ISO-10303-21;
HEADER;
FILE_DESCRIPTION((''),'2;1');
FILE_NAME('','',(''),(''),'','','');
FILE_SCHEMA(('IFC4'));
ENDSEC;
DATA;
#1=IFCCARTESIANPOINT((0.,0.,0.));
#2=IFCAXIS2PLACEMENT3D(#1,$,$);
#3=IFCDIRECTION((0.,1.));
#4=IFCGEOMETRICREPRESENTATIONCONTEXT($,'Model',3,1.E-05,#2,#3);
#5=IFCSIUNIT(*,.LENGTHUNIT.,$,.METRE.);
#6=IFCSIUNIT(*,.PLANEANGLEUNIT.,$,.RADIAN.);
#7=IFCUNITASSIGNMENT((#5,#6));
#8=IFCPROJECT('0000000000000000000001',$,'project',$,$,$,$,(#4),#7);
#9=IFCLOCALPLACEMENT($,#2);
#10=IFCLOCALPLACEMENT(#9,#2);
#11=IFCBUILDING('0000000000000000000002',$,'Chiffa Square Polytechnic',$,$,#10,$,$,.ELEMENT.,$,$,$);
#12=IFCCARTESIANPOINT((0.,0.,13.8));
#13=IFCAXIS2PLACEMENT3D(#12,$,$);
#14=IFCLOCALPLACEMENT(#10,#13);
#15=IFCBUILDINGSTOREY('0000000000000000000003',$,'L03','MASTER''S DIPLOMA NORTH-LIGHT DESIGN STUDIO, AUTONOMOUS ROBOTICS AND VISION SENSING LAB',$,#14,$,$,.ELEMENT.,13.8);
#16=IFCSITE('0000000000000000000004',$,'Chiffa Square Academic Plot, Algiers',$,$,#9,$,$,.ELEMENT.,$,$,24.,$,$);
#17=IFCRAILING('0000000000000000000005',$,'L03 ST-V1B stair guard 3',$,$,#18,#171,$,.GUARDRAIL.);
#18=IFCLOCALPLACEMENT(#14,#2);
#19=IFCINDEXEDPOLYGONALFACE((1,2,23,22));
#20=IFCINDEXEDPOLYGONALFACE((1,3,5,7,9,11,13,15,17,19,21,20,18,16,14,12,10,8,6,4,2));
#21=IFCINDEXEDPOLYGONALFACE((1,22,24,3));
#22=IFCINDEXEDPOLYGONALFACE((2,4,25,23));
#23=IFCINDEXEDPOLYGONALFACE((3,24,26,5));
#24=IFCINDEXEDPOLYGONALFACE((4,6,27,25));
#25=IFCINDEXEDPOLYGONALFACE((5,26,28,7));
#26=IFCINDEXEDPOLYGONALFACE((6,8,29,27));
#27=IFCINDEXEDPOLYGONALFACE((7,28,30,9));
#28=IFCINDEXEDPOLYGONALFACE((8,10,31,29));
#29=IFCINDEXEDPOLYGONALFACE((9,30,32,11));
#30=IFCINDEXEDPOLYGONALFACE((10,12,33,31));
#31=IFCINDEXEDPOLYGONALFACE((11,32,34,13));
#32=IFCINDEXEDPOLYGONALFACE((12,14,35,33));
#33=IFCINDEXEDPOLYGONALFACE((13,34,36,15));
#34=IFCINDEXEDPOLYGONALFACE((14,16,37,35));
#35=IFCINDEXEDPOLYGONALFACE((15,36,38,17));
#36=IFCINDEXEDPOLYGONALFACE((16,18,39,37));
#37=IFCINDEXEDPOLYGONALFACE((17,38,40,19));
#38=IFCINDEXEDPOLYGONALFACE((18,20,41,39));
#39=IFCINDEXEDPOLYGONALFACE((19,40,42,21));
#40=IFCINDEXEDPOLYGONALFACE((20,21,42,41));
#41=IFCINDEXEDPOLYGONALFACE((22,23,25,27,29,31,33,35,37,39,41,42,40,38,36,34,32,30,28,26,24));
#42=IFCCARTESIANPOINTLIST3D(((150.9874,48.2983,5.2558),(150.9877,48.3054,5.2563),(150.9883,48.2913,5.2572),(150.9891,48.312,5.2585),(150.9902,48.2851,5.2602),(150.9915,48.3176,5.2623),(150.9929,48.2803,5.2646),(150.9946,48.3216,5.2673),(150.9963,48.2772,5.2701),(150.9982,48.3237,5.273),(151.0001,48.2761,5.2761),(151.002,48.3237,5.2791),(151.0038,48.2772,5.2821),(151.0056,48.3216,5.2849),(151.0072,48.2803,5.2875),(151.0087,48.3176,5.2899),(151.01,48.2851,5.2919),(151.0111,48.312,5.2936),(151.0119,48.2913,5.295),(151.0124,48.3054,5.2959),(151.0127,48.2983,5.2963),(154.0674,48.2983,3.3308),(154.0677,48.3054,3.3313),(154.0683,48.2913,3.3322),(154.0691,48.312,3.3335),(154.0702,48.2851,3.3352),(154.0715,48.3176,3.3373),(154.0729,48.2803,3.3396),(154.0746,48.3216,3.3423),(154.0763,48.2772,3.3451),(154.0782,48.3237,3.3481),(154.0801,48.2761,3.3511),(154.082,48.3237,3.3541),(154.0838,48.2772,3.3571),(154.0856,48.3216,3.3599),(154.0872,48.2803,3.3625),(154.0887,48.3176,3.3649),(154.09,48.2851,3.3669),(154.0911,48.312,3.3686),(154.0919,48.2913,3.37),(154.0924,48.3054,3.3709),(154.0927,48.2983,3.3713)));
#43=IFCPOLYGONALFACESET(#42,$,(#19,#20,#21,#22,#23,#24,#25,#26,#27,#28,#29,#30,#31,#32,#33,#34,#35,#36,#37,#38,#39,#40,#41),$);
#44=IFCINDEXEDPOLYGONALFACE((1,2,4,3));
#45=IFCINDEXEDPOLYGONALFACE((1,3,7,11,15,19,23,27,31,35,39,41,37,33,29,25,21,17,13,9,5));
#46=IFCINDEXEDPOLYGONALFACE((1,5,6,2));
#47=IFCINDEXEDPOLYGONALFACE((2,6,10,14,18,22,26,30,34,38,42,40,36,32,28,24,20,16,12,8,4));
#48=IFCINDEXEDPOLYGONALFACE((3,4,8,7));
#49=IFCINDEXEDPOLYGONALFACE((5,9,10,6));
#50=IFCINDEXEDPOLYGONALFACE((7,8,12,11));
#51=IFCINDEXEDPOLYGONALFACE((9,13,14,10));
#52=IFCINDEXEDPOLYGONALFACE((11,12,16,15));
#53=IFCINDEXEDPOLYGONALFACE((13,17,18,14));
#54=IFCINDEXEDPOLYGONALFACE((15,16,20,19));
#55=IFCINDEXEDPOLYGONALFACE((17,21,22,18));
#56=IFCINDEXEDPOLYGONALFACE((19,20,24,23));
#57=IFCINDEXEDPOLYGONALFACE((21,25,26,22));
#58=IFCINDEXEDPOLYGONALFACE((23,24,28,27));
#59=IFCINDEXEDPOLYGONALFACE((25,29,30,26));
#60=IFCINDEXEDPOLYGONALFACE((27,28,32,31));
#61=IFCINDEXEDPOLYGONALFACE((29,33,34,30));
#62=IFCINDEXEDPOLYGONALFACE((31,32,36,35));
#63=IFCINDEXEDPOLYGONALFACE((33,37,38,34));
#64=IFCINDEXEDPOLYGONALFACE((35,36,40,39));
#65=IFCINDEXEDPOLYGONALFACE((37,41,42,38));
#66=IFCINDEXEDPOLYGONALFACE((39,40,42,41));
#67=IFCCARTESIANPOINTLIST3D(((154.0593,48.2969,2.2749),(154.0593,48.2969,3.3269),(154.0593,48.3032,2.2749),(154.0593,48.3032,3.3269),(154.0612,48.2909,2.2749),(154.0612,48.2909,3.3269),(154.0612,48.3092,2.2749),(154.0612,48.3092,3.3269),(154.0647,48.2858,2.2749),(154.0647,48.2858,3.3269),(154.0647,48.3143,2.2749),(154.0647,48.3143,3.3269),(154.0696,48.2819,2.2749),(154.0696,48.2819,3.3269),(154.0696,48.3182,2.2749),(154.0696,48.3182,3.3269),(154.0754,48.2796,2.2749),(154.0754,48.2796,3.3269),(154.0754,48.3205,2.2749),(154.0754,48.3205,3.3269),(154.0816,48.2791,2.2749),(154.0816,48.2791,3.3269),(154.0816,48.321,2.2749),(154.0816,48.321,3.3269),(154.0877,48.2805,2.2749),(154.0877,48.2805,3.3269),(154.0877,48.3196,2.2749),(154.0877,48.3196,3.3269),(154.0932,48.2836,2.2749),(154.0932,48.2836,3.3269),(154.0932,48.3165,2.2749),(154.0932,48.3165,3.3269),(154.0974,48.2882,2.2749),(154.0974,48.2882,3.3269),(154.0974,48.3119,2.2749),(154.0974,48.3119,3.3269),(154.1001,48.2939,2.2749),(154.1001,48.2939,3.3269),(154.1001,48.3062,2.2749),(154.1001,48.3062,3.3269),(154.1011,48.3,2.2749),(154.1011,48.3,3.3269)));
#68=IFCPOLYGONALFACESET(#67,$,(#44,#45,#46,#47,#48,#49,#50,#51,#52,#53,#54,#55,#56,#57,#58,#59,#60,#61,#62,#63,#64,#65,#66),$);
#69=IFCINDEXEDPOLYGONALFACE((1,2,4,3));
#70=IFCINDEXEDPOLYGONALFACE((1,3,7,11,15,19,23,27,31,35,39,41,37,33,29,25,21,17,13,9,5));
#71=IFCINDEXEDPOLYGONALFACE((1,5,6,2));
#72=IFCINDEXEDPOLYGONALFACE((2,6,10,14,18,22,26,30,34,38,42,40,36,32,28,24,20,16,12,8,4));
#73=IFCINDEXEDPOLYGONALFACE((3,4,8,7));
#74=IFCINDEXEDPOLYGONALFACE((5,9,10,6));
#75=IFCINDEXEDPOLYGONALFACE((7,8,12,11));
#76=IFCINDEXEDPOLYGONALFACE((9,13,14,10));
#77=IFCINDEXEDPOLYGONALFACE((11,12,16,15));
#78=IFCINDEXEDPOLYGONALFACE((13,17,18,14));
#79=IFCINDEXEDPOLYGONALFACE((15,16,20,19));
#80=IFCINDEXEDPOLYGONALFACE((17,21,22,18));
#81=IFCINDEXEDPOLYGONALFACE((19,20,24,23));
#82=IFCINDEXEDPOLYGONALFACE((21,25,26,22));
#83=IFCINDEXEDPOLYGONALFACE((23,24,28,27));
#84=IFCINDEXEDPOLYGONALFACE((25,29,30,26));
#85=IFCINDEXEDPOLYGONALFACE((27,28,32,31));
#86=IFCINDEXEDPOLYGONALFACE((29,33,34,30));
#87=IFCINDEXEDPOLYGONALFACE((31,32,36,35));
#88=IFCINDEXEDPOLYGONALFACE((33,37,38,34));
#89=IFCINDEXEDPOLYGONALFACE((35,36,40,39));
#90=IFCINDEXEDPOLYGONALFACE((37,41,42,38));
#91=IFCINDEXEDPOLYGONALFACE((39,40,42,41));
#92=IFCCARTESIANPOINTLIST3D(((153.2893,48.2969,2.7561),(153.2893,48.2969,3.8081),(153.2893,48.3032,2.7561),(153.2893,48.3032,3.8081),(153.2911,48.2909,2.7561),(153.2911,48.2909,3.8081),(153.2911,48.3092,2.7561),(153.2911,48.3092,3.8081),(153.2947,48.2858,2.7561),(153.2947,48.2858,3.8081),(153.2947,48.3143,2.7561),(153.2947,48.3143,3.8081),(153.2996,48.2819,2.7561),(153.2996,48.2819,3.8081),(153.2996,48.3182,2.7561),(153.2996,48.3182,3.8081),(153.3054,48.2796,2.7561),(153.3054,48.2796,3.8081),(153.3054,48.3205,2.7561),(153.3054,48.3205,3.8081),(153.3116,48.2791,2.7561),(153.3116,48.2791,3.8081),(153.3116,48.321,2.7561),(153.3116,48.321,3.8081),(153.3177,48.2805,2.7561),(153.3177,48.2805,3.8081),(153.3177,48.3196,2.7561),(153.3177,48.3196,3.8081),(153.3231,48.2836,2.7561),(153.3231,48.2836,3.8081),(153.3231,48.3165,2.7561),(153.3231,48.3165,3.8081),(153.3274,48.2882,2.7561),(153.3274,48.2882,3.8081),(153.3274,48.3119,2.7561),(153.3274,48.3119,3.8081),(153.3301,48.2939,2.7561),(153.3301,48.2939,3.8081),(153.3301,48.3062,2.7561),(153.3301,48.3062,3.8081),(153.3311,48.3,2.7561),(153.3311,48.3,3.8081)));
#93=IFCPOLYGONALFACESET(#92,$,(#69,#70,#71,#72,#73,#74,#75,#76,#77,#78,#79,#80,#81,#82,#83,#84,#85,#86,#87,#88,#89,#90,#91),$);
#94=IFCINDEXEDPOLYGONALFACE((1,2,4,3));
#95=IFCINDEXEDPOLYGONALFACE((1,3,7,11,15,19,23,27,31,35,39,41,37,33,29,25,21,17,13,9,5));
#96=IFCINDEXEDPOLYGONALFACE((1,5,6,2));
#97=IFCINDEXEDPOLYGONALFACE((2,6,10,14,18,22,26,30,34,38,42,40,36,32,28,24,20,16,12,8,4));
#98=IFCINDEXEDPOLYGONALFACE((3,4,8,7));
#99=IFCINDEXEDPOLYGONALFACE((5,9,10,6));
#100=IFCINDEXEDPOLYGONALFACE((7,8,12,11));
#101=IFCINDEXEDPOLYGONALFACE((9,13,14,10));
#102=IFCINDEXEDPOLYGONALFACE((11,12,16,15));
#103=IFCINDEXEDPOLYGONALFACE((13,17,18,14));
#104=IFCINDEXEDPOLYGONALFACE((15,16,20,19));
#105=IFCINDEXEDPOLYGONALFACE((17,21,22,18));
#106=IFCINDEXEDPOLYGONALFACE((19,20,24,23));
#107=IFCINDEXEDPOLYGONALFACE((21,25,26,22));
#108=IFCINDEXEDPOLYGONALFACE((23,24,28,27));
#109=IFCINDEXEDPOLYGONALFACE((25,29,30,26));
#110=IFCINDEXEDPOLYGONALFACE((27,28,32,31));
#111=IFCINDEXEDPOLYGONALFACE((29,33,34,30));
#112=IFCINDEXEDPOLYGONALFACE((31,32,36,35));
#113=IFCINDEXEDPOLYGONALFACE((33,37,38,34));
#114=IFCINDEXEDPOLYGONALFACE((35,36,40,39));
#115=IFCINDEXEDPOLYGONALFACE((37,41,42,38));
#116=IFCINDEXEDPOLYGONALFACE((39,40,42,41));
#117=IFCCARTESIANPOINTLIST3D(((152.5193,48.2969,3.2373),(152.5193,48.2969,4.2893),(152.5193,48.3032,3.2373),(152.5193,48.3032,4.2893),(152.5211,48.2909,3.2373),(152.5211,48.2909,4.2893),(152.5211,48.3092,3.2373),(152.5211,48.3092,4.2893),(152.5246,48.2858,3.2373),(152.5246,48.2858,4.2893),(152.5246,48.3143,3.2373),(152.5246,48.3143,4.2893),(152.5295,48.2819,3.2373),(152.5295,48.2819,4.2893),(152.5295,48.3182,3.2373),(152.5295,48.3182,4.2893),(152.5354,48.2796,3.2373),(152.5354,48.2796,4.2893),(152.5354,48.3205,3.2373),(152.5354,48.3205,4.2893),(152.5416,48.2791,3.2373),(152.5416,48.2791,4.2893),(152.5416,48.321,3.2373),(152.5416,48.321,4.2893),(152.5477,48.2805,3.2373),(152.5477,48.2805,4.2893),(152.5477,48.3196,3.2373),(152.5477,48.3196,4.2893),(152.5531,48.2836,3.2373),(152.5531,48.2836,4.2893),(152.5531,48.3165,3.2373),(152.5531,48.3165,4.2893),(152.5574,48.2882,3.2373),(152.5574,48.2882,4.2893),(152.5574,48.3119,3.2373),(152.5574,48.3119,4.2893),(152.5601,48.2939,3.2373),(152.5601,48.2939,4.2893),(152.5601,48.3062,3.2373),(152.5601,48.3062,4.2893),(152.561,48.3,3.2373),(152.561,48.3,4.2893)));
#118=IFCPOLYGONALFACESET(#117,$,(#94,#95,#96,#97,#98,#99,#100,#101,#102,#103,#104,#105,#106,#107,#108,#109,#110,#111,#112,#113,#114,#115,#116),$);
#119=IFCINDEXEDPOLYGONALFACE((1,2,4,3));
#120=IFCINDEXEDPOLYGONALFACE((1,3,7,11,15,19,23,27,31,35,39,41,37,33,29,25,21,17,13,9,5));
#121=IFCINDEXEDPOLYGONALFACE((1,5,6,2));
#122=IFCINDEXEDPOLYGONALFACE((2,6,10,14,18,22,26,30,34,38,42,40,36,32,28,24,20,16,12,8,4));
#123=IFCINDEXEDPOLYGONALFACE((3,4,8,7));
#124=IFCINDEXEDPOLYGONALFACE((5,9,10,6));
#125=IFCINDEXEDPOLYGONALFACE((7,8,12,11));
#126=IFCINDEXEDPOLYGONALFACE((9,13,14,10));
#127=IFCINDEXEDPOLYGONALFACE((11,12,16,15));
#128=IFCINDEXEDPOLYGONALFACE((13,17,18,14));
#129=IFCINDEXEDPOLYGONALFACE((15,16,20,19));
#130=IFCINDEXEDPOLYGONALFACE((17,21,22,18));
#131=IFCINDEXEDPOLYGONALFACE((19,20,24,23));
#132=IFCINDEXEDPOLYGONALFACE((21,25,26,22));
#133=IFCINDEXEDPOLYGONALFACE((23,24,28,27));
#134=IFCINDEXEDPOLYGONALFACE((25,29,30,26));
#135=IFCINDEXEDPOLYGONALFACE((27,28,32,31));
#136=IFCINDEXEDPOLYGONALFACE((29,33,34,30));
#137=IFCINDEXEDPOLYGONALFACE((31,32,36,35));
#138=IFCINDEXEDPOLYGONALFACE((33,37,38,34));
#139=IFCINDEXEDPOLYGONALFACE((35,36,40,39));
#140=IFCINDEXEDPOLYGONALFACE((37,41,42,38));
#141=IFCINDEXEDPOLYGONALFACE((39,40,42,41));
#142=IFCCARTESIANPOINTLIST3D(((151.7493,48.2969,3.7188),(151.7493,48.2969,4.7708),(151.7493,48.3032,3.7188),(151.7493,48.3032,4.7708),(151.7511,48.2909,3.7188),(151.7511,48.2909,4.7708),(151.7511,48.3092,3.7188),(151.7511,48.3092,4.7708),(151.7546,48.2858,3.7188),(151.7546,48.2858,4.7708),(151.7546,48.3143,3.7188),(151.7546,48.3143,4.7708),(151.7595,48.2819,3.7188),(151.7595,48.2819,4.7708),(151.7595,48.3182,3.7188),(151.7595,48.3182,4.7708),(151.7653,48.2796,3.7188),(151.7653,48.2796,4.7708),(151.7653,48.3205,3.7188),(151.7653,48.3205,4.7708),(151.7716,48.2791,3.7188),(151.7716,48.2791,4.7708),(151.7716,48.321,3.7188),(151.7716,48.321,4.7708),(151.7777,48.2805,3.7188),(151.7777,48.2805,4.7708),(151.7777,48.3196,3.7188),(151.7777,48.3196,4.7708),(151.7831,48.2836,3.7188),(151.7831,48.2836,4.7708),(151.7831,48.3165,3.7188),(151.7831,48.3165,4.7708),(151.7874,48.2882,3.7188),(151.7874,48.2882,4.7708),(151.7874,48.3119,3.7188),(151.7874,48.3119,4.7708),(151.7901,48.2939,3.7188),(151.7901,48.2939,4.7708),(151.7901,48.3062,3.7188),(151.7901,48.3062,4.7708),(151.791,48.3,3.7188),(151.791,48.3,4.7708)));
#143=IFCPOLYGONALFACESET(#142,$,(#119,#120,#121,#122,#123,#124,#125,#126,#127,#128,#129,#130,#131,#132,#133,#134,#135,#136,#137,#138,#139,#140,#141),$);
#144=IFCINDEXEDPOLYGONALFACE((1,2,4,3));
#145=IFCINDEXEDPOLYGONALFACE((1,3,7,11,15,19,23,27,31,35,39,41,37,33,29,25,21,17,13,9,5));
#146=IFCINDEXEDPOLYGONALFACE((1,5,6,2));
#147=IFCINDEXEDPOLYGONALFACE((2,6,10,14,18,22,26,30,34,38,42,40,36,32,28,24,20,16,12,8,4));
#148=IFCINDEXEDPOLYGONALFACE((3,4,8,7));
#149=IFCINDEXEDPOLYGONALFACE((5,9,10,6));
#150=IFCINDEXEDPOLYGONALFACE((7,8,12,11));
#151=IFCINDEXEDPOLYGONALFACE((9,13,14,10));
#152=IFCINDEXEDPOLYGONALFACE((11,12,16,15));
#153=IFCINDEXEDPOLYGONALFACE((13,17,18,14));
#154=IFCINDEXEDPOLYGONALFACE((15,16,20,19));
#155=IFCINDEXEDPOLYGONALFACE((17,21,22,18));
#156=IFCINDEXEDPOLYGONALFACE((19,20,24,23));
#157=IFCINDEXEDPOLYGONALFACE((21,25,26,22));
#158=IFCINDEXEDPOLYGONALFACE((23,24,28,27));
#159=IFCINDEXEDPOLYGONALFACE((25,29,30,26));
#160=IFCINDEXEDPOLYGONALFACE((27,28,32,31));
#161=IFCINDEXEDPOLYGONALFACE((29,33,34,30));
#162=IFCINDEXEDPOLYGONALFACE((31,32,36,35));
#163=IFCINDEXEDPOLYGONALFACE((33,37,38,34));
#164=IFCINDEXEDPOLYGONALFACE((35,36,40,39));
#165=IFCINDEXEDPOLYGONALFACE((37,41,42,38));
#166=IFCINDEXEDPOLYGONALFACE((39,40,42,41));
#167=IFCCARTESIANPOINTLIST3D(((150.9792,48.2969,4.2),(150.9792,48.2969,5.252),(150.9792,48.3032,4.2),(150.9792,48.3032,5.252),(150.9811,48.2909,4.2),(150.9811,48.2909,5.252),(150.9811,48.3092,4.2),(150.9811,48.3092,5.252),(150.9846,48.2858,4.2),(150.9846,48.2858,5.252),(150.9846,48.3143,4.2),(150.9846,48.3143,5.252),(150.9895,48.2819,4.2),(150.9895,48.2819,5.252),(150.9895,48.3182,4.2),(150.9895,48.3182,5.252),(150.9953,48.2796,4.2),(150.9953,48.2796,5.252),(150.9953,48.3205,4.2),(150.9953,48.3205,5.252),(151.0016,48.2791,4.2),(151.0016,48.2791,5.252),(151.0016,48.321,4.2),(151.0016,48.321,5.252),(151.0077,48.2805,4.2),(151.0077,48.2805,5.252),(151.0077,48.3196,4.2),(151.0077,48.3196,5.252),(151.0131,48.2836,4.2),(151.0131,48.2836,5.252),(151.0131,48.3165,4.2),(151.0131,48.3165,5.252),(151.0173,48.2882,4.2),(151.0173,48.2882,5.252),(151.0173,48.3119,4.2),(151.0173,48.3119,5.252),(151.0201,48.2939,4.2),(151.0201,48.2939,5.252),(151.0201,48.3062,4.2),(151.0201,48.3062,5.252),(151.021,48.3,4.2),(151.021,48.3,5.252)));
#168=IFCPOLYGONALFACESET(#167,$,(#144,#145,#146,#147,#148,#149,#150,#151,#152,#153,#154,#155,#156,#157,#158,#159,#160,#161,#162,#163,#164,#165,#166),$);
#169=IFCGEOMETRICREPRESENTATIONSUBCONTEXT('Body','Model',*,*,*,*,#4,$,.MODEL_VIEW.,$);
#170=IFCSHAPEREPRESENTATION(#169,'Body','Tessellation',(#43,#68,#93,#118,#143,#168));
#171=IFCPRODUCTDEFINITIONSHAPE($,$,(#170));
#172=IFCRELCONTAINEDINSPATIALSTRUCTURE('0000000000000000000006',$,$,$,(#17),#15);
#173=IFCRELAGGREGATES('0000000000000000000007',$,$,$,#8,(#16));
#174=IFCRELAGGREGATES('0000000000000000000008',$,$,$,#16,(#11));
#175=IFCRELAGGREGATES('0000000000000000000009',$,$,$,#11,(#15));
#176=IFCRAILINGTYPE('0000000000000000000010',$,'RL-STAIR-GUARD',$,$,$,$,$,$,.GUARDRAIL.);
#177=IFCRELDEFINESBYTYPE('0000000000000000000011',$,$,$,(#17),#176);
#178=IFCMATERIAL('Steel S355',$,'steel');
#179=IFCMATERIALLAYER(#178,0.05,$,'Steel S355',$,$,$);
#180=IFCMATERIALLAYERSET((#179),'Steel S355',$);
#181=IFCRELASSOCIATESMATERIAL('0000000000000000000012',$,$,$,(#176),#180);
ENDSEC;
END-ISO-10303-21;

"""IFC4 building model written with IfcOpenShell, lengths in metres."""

from ifc_helpers import new_model, si_unit, direction, frame, origin, origin_2d, place, context, subcontext, project, spatial, circle, extrude, material, layer, layer_set, type_object, element, save


model = new_model("IFC4")

# Units and contexts
model_context = context("Model", 3, precision=1e-05, world=origin(), true_north=direction((0.0, 1.0)))
body_context = subcontext(model_context, "Body", "Model", "MODEL_VIEW")
ifc_project = project(units=[si_unit("LENGTHUNIT", "METRE"), si_unit("PLANEANGLEUNIT", "RADIAN")], contexts=[model_context])

# Site, building, storey
site_placement = place(None, origin())
site = spatial("IfcSite", under=ifc_project, at=site_placement, Name="Chiffa Square Academic Plot, Algiers", CompositionType="ELEMENT", RefElevation=24.0)
building_placement = place(site_placement, origin())
building = spatial("IfcBuilding", under=site, at=building_placement, Name="Chiffa Square Polytechnic", CompositionType="ELEMENT")
storey_placement = place(building_placement, frame((0.0, 0.0, 13.8)))
storey = spatial("IfcBuildingStorey", under=building, at=storey_placement, Name="L03", Description="MASTER'S DIPLOMA NORTH-LIGHT DESIGN STUDIO, AUTONOMOUS ROBOTICS AND VISION SENSING LAB", CompositionType="ELEMENT", Elevation=13.8)

# Railing
ifc_material_1 = material(Name="Steel S355", Category="steel")
ifc_layer_1 = layer(ifc_material_1, 0.05, Name="Steel S355")
ifc_layer_set_1 = layer_set([ifc_layer_1], Name="Steel S355")
railing_type_1 = type_object("IfcRailingType", Name="RL-STAIR-GUARD", PredefinedType="GUARDRAIL", material=ifc_layer_set_1)
railing_1_placement = place(storey_placement, frame((154.0801, 48.3, 2.2749)))
element("IfcRailing", 1, at=railing_1_placement, inside=storey, type_object=railing_type_1, Name="L03 ST-V1B stair guard 3", PredefinedType="GUARDRAIL", context=body_context, shape_type="SweptSolid", body=[
    extrude(circle(Radius=0.0239, at=origin_2d()), frame((0.0, 0.0, 1.0762), z_axis=(-0.847998, 0.0, 0.529999), x_axis=(0.0, -1.0, 0.0)), (0.0, 0.0, 1.0), 3.6321),
    extrude(circle(Radius=0.021, at=origin_2d()), origin(), (0.0, 0.0, 1.0), 1.052),
    extrude(circle(Radius=0.021, at=origin_2d()), frame((-0.77, 0.0, 0.4812)), (0.0, 0.0, 1.0), 1.052),
    extrude(circle(Radius=0.021, at=origin_2d()), frame((-1.54, 0.0, 0.9624)), (0.0, 0.0, 1.0), 1.052),
    extrude(circle(Radius=0.021, at=origin_2d()), frame((-2.3101, 0.0, 1.4438)), (0.0, 0.0, 1.0), 1.052),
    extrude(circle(Radius=0.021, at=origin_2d()), frame((-3.0801, 0.0, 1.925)), (0.0, 0.0, 1.0), 1.052),
])

save(model, "model.ifc")
